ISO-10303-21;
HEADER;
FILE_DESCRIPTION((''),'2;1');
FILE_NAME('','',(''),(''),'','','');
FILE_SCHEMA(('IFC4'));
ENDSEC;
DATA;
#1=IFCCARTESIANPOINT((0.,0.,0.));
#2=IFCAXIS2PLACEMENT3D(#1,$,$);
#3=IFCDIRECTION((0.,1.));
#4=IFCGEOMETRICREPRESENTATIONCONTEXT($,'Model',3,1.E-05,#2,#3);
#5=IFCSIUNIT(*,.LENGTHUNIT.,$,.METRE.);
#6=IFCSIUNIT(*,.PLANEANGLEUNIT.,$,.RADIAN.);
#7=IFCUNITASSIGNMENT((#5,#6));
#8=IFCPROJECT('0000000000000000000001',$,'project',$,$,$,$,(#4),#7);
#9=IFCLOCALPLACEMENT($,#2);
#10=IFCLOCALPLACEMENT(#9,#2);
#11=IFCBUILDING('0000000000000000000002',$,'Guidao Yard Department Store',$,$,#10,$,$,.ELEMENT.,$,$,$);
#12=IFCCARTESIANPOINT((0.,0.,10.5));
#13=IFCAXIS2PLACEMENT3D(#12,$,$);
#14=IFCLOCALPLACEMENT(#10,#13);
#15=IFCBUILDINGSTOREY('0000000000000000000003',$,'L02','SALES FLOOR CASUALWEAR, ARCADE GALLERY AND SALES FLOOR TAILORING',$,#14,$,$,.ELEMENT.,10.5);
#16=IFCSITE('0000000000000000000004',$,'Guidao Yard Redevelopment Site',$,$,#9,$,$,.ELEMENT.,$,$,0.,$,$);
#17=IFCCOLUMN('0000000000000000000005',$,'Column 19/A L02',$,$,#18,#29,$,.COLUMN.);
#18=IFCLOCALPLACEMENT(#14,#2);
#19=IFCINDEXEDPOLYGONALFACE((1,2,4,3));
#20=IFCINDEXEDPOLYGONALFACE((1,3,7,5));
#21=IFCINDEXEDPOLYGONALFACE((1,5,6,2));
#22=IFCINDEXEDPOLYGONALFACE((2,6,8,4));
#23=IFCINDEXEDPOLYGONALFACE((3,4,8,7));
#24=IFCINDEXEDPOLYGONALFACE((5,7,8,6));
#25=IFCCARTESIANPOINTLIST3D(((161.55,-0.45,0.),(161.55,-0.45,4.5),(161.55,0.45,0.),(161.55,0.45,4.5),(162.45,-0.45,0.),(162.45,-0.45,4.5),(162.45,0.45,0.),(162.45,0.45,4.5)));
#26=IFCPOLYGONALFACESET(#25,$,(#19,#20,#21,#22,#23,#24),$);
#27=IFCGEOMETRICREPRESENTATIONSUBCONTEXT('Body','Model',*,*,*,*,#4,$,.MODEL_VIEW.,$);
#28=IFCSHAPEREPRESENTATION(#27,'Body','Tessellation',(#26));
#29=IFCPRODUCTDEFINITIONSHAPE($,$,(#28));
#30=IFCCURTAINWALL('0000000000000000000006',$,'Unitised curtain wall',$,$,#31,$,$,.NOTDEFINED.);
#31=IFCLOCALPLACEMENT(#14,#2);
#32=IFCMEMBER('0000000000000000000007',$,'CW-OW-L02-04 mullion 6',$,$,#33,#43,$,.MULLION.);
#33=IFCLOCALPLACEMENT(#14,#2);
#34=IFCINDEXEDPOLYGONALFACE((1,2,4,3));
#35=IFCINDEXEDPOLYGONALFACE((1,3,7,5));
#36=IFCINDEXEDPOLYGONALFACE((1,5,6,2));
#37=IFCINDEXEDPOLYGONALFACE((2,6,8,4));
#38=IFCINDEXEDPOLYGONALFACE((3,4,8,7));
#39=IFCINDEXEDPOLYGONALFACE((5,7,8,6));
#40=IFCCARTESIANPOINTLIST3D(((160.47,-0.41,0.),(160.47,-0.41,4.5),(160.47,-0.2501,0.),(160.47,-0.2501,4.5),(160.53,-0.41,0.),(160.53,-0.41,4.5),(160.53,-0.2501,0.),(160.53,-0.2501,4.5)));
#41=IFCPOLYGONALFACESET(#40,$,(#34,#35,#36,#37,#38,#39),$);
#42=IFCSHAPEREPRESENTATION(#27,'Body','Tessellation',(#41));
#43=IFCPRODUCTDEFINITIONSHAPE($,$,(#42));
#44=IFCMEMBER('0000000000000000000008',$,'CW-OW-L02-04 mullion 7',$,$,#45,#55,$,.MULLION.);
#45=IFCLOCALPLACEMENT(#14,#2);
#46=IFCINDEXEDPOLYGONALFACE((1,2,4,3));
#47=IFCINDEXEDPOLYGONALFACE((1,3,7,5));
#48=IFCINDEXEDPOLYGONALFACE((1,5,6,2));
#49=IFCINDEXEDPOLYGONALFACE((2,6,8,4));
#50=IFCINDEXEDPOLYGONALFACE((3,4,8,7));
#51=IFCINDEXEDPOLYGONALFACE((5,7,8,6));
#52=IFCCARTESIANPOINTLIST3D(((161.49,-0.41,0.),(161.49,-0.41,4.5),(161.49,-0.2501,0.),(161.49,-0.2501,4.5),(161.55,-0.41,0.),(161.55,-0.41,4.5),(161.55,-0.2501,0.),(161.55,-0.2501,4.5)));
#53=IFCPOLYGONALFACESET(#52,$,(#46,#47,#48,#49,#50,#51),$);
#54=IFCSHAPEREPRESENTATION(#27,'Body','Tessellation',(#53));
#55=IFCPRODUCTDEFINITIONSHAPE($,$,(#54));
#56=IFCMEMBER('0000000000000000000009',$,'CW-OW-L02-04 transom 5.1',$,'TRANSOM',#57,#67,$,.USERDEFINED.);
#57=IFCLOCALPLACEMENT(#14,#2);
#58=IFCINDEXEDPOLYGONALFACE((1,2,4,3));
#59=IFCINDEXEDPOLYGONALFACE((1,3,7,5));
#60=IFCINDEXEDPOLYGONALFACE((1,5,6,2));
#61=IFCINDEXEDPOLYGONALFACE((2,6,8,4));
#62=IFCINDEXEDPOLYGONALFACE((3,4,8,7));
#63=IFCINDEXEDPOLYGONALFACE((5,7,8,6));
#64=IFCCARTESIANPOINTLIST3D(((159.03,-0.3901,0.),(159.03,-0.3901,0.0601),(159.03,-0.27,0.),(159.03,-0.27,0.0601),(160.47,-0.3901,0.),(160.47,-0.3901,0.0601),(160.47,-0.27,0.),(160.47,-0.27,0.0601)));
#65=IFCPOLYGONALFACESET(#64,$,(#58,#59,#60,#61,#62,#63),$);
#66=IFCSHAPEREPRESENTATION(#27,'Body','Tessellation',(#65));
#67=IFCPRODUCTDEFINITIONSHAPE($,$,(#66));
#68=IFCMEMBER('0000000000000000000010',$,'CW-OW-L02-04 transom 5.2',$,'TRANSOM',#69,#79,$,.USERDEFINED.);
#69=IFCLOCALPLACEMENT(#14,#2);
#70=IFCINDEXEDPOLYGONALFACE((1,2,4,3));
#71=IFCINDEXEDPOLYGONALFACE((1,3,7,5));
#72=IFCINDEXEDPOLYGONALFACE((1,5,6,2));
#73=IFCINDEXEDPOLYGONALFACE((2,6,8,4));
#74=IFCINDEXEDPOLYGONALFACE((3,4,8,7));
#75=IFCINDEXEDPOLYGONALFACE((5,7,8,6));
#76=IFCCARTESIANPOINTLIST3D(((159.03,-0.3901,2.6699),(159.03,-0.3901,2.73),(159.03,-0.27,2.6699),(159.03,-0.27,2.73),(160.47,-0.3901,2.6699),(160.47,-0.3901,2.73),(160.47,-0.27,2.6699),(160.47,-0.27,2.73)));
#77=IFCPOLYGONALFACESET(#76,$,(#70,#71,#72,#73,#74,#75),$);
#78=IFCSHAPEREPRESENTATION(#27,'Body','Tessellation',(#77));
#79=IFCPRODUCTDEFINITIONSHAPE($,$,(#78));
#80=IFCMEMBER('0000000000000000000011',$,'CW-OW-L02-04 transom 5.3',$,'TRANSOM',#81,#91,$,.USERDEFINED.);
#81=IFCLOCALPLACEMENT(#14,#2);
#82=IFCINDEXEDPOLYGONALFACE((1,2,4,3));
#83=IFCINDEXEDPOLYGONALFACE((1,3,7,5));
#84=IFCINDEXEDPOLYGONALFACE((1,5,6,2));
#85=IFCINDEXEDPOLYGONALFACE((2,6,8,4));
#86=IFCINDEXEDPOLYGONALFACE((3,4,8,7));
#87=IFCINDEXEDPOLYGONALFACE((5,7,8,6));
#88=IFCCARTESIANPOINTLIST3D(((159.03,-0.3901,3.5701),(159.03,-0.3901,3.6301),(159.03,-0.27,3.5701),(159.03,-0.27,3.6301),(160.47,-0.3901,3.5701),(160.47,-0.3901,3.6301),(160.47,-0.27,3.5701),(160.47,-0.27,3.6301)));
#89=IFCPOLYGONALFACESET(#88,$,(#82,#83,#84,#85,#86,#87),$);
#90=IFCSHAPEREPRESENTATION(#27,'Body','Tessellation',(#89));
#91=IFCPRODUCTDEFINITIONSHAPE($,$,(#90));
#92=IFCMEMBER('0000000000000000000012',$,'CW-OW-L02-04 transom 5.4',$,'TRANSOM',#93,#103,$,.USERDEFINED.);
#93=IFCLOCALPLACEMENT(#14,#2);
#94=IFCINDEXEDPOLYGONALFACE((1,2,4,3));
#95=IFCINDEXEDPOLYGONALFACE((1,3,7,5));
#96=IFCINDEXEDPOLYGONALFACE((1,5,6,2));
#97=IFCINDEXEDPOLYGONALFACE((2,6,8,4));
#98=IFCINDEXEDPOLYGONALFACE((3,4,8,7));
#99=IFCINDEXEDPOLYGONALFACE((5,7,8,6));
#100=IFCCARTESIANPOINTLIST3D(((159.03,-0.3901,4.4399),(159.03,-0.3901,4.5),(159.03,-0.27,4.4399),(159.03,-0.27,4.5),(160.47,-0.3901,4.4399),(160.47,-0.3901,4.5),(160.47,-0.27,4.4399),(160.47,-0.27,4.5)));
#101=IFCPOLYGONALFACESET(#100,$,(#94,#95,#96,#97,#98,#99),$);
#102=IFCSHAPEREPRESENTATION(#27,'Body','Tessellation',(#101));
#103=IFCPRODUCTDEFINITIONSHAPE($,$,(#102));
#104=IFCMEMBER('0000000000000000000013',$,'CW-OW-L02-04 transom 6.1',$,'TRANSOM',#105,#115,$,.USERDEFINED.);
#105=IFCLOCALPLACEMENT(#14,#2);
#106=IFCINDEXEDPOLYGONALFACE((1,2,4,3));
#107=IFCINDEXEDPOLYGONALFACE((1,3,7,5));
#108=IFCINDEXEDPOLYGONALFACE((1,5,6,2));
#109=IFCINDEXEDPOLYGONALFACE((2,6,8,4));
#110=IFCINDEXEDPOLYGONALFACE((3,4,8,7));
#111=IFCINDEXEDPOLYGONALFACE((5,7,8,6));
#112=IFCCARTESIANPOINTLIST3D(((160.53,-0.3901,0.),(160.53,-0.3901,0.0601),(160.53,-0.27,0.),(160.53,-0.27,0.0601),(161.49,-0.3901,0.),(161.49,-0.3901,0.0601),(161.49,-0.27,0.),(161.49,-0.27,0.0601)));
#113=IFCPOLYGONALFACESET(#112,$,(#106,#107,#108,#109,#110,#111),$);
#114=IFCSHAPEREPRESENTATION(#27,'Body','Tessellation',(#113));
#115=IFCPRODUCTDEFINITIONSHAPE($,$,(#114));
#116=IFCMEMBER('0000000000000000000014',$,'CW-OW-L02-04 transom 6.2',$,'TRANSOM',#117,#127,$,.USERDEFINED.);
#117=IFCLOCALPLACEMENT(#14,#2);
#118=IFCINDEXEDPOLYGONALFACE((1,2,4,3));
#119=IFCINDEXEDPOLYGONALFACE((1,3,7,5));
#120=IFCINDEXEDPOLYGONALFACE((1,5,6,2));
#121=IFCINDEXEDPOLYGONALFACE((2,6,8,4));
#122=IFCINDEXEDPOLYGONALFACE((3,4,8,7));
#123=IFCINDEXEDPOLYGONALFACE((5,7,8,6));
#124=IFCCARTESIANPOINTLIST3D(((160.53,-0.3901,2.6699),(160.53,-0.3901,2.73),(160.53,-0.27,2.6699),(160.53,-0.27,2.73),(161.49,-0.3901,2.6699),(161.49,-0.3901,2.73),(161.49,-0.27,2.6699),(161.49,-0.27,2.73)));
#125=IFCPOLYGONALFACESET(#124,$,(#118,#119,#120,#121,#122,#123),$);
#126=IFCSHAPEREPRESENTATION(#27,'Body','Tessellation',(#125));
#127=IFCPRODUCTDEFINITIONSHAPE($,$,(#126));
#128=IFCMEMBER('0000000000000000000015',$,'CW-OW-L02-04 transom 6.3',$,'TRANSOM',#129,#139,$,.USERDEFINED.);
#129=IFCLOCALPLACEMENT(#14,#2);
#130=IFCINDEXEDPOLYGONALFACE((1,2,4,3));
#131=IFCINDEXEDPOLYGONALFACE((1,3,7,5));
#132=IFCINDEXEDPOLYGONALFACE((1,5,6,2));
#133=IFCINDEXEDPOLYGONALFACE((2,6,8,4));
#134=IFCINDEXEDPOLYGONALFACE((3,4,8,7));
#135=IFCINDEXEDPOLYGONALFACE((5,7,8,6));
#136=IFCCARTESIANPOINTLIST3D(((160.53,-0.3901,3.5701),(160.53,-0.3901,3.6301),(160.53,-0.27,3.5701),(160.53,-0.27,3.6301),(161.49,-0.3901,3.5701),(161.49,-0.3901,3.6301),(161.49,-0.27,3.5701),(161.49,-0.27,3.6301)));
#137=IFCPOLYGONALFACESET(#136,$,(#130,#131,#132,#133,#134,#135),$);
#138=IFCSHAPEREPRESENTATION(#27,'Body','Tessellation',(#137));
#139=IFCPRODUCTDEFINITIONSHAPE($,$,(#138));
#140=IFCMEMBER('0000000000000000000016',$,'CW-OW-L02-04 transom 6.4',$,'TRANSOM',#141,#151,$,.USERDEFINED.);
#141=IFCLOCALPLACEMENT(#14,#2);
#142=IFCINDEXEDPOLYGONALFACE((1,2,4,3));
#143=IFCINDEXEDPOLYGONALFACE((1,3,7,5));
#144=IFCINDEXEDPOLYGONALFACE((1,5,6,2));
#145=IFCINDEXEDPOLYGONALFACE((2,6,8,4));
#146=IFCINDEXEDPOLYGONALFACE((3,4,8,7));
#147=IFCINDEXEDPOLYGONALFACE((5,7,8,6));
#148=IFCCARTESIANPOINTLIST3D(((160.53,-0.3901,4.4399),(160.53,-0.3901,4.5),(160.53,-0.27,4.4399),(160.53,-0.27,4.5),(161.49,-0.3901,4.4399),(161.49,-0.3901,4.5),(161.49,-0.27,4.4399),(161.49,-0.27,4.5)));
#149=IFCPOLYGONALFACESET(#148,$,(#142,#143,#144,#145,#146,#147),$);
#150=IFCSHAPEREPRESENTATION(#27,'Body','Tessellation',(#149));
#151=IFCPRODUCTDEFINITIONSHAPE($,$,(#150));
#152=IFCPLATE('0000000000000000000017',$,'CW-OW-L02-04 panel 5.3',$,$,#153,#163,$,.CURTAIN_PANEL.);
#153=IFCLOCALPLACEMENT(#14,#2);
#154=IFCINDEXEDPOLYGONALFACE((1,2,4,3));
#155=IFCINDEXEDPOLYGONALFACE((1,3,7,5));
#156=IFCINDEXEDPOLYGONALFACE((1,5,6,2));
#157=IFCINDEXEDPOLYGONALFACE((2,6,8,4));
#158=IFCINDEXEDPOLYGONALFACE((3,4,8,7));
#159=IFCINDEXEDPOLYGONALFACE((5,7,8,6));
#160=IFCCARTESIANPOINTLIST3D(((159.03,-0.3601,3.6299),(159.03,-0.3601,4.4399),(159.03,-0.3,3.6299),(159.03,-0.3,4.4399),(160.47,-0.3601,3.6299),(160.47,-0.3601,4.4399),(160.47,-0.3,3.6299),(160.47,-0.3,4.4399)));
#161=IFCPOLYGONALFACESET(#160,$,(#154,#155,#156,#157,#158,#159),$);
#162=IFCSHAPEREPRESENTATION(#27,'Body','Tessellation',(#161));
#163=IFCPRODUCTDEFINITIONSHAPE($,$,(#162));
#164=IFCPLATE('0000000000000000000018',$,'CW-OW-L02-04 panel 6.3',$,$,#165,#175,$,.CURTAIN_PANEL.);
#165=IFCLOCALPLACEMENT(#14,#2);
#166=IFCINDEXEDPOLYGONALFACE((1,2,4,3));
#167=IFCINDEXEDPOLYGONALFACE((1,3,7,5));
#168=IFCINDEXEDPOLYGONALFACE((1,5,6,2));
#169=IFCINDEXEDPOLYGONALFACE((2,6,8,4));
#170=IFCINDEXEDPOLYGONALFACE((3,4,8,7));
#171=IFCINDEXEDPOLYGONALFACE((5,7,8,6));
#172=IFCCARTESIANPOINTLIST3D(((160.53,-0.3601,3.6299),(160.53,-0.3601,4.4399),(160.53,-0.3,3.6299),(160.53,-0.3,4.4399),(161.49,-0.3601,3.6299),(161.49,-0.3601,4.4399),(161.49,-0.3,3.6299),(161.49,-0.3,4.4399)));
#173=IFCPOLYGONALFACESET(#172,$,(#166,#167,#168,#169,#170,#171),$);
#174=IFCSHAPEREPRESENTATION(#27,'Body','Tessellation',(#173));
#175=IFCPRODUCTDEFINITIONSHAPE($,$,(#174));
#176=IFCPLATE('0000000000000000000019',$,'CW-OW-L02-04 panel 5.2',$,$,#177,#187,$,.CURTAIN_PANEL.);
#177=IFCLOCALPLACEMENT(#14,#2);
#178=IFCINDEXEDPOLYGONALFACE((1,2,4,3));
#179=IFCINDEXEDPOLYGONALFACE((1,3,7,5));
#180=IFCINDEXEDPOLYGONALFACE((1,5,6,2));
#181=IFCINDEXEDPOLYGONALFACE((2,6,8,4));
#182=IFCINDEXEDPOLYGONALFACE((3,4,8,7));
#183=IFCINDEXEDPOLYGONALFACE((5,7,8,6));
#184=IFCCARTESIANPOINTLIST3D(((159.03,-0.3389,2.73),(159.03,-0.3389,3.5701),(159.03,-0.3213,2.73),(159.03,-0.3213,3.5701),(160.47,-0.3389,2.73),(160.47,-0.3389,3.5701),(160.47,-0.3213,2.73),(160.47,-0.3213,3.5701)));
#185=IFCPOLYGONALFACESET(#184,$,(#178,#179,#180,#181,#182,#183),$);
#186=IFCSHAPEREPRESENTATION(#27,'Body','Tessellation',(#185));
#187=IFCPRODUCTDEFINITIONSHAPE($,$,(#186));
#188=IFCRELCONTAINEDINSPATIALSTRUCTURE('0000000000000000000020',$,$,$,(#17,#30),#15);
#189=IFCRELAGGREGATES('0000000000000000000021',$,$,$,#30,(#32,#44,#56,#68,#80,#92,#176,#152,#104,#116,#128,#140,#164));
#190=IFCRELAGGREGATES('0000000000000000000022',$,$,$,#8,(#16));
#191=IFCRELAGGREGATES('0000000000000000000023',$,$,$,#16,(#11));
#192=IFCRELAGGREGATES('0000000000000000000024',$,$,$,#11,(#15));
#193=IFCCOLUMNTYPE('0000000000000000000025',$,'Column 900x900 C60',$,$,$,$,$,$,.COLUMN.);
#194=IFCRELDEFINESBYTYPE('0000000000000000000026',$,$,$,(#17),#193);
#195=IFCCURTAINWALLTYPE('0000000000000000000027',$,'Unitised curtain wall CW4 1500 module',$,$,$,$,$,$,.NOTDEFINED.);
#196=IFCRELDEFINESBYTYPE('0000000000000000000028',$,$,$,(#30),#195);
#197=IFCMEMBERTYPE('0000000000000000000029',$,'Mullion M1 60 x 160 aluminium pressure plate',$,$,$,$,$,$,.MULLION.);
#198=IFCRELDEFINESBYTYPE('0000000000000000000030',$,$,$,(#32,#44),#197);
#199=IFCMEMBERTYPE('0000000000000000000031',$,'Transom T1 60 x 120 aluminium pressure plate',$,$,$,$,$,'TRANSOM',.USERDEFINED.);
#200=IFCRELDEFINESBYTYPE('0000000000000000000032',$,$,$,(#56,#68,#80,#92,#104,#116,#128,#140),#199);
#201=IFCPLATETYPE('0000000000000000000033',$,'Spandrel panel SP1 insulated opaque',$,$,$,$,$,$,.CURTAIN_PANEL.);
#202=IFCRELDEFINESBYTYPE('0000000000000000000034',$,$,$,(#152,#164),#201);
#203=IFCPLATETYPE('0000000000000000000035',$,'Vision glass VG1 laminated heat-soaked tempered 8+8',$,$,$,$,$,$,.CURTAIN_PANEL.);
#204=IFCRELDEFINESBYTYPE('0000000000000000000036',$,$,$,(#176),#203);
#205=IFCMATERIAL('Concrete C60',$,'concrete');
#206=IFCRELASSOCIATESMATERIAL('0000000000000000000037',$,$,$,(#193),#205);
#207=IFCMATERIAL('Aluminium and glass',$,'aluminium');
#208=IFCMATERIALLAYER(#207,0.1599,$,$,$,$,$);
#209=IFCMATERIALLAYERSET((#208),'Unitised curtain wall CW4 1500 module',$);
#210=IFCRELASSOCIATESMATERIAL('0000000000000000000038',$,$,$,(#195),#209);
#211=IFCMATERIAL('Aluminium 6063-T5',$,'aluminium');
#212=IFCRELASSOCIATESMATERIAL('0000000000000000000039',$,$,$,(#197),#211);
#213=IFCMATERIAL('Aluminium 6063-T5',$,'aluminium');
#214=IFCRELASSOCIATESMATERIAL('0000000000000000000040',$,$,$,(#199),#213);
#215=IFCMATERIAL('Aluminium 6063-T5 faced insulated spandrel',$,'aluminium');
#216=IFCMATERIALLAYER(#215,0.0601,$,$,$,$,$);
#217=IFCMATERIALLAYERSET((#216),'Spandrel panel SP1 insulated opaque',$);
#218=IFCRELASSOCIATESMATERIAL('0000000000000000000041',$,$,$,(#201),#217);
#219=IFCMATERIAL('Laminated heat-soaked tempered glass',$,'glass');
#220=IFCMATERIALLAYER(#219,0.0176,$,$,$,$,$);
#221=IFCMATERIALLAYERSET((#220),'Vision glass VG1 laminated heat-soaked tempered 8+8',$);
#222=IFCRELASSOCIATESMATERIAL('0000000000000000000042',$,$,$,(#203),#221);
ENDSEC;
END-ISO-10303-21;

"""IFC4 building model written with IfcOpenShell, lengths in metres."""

from ifc_helpers import new_model, si_unit, direction, frame, origin, origin_2d, place, context, subcontext, project, spatial, rectangle, extrude, material, layer, layer_set, material_profile, profile_set, type_object, element, aggregate, save


model = new_model("IFC4")

# Units and contexts
model_context = context("Model", 3, precision=1e-05, world=origin(), true_north=direction((0.0, 1.0)))
body_context = subcontext(model_context, "Body", "Model", "MODEL_VIEW")
ifc_project = project(units=[si_unit("LENGTHUNIT", "METRE"), si_unit("PLANEANGLEUNIT", "RADIAN")], contexts=[model_context])

# Site, building, storey
site_placement = place(None, origin())
site = spatial("IfcSite", under=ifc_project, at=site_placement, Name="Guidao Yard Redevelopment Site", CompositionType="ELEMENT", RefElevation=0.0)
building_placement = place(site_placement, origin())
building = spatial("IfcBuilding", under=site, at=building_placement, Name="Guidao Yard Department Store", CompositionType="ELEMENT")
storey_placement = place(building_placement, frame((0.0, 0.0, 10.5)))
storey = spatial("IfcBuildingStorey", under=building, at=storey_placement, Name="L02", Description="SALES FLOOR CASUALWEAR, ARCADE GALLERY AND SALES FLOOR TAILORING", CompositionType="ELEMENT", Elevation=10.5)

# Column
ifc_material_1 = material(Name="Concrete C60", Category="concrete")
ifc_material_profile_1 = material_profile(ifc_material_1, rectangle(XDim=0.8999, YDim=0.8999, at=origin_2d()), Name="COL 900x900")
ifc_profile_set_1 = profile_set([ifc_material_profile_1], Name="Concrete C60")
column_type = type_object("IfcColumnType", Name="Column 900x900 C60", PredefinedType="COLUMN", material=ifc_profile_set_1)
column_placement = place(storey_placement, frame((162.0, 0.0, 0.0), z_axis=(0.0, 0.0, 1.0), x_axis=(1.0, 0.0, 0.0)))
element("IfcColumn", 1, at=column_placement, inside=storey, type_object=column_type, Name="Column 19/A L02", PredefinedType="COLUMN", context=body_context, shape_type="SweptSolid", body=[
    extrude(rectangle(XDim=0.8999, YDim=0.8999, at=origin_2d()), origin(), (0.0, 0.0, 1.0), 4.5),
])

# Curtain wall, members, plates
ifc_material_2 = material(Name="Aluminium and glass", Category="aluminium")
ifc_layer_1 = layer(ifc_material_2, 0.1599)
ifc_layer_set_1 = layer_set([ifc_layer_1], Name="Unitised curtain wall CW4 1500 module")
curtain_wall_type = type_object("IfcCurtainWallType", Name="Unitised curtain wall CW4 1500 module", PredefinedType="NOTDEFINED", material=ifc_layer_set_1)
curtain_wall_placement = place(storey_placement, origin())
curtain_wall = element("IfcCurtainWall", 2, at=curtain_wall_placement, inside=storey, type_object=curtain_wall_type, Name="Unitised curtain wall", PredefinedType="NOTDEFINED")
ifc_material_3 = material(Name="Aluminium 6063-T5", Category="aluminium")
ifc_material_profile_2 = material_profile(ifc_material_3, rectangle(XDim=0.0601, YDim=0.1599, at=origin_2d()), Name="Mullion M1 60 x 160 aluminium pressure plate")
ifc_profile_set_2 = profile_set([ifc_material_profile_2], Name="Aluminium 6063-T5")
member_type_1 = type_object("IfcMemberType", Name="Mullion M1 60 x 160 aluminium pressure plate", PredefinedType="MULLION", material=ifc_profile_set_2)
member_1_placement = place(storey_placement, frame((160.5, -0.3301, 0.0), z_axis=(0.0, 0.0, 1.0), x_axis=(-1.0, 0.0, 0.0)))
member_1 = element("IfcMember", 3, at=member_1_placement, type_object=member_type_1, Name="CW-OW-L02-04 mullion 6", PredefinedType="MULLION", context=body_context, shape_type="SweptSolid", body=[
    extrude(rectangle(XDim=0.0601, YDim=0.1599, at=origin_2d()), origin(), (0.0, 0.0, 1.0), 4.5),
])
member_2_placement = place(storey_placement, frame((161.52, -0.3301, 0.0), z_axis=(0.0, 0.0, 1.0), x_axis=(-1.0, 0.0, 0.0)))
member_2 = element("IfcMember", 4, at=member_2_placement, type_object=member_type_1, Name="CW-OW-L02-04 mullion 7", PredefinedType="MULLION", context=body_context, shape_type="SweptSolid", body=[
    extrude(rectangle(XDim=0.0601, YDim=0.1599, at=origin_2d()), origin(), (0.0, 0.0, 1.0), 4.5),
])
ifc_material_4 = material(Name="Aluminium 6063-T5", Category="aluminium")
ifc_material_profile_3 = material_profile(ifc_material_4, rectangle(XDim=0.1201, YDim=0.0601, at=origin_2d()), Name="Transom T1 60 x 120 aluminium pressure plate")
ifc_profile_set_3 = profile_set([ifc_material_profile_3], Name="Aluminium 6063-T5")
member_type_2 = type_object("IfcMemberType", Name="Transom T1 60 x 120 aluminium pressure plate", ElementType="TRANSOM", PredefinedType="USERDEFINED", material=ifc_profile_set_3)
member_3_placement = place(storey_placement, frame((160.47, -0.3301, 0.03), z_axis=(-1.0, 0.0, 0.0), x_axis=(0.0, -1.0, 0.0)))
member_3 = element("IfcMember", 5, at=member_3_placement, type_object=member_type_2, Name="CW-OW-L02-04 transom 5.1", ObjectType="TRANSOM", PredefinedType="USERDEFINED", context=body_context, shape_type="SweptSolid", body=[
    extrude(rectangle(XDim=0.1201, YDim=0.0601, at=origin_2d()), origin(), (0.0, 0.0, 1.0), 1.4399),
])
member_4_placement = place(storey_placement, frame((160.47, -0.3301, 2.7), z_axis=(-1.0, 0.0, 0.0), x_axis=(0.0, -1.0, 0.0)))
member_4 = element("IfcMember", 6, at=member_4_placement, type_object=member_type_2, Name="CW-OW-L02-04 transom 5.2", ObjectType="TRANSOM", PredefinedType="USERDEFINED", context=body_context, shape_type="SweptSolid", body=[
    extrude(rectangle(XDim=0.1201, YDim=0.0601, at=origin_2d()), origin(), (0.0, 0.0, 1.0), 1.4399),
])
member_5_placement = place(storey_placement, frame((160.47, -0.3301, 3.6001), z_axis=(-1.0, 0.0, 0.0), x_axis=(0.0, -1.0, 0.0)))
member_5 = element("IfcMember", 7, at=member_5_placement, type_object=member_type_2, Name="CW-OW-L02-04 transom 5.3", ObjectType="TRANSOM", PredefinedType="USERDEFINED", context=body_context, shape_type="SweptSolid", body=[
    extrude(rectangle(XDim=0.1201, YDim=0.0601, at=origin_2d()), origin(), (0.0, 0.0, 1.0), 1.4399),
])
member_6_placement = place(storey_placement, frame((160.47, -0.3301, 4.47), z_axis=(-1.0, 0.0, 0.0), x_axis=(0.0, -1.0, 0.0)))
member_6 = element("IfcMember", 8, at=member_6_placement, type_object=member_type_2, Name="CW-OW-L02-04 transom 5.4", ObjectType="TRANSOM", PredefinedType="USERDEFINED", context=body_context, shape_type="SweptSolid", body=[
    extrude(rectangle(XDim=0.1201, YDim=0.0601, at=origin_2d()), origin(), (0.0, 0.0, 1.0), 1.4399),
])
member_7_placement = place(storey_placement, frame((161.49, -0.3301, 0.03), z_axis=(-1.0, 0.0, 0.0), x_axis=(0.0, -1.0, 0.0)))
member_7 = element("IfcMember", 9, at=member_7_placement, type_object=member_type_2, Name="CW-OW-L02-04 transom 6.1", ObjectType="TRANSOM", PredefinedType="USERDEFINED", context=body_context, shape_type="SweptSolid", body=[
    extrude(rectangle(XDim=0.1201, YDim=0.0601, at=origin_2d()), origin(), (0.0, 0.0, 1.0), 0.96),
])
member_8_placement = place(storey_placement, frame((161.49, -0.3301, 2.7), z_axis=(-1.0, 0.0, 0.0), x_axis=(0.0, -1.0, 0.0)))
member_8 = element("IfcMember", 10, at=member_8_placement, type_object=member_type_2, Name="CW-OW-L02-04 transom 6.2", ObjectType="TRANSOM", PredefinedType="USERDEFINED", context=body_context, shape_type="SweptSolid", body=[
    extrude(rectangle(XDim=0.1201, YDim=0.0601, at=origin_2d()), origin(), (0.0, 0.0, 1.0), 0.96),
])
member_9_placement = place(storey_placement, frame((161.49, -0.3301, 3.6001), z_axis=(-1.0, 0.0, 0.0), x_axis=(0.0, -1.0, 0.0)))
member_9 = element("IfcMember", 11, at=member_9_placement, type_object=member_type_2, Name="CW-OW-L02-04 transom 6.3", ObjectType="TRANSOM", PredefinedType="USERDEFINED", context=body_context, shape_type="SweptSolid", body=[
    extrude(rectangle(XDim=0.1201, YDim=0.0601, at=origin_2d()), origin(), (0.0, 0.0, 1.0), 0.96),
])
member_10_placement = place(storey_placement, frame((161.49, -0.3301, 4.47), z_axis=(-1.0, 0.0, 0.0), x_axis=(0.0, -1.0, 0.0)))
member_10 = element("IfcMember", 12, at=member_10_placement, type_object=member_type_2, Name="CW-OW-L02-04 transom 6.4", ObjectType="TRANSOM", PredefinedType="USERDEFINED", context=body_context, shape_type="SweptSolid", body=[
    extrude(rectangle(XDim=0.1201, YDim=0.0601, at=origin_2d()), origin(), (0.0, 0.0, 1.0), 0.96),
])
ifc_material_5 = material(Name="Aluminium 6063-T5 faced insulated spandrel", Category="aluminium")
ifc_layer_2 = layer(ifc_material_5, 0.0601)
ifc_layer_set_2 = layer_set([ifc_layer_2], Name="Spandrel panel SP1 insulated opaque")
plate_type_1 = type_object("IfcPlateType", Name="Spandrel panel SP1 insulated opaque", PredefinedType="CURTAIN_PANEL", material=ifc_layer_set_2)
plate_1_placement = place(storey_placement, frame((159.75, -0.3301, 3.6299), z_axis=(0.0, 0.0, 1.0), x_axis=(-1.0, 0.0, 0.0)))
plate_1 = element("IfcPlate", 13, at=plate_1_placement, type_object=plate_type_1, Name="CW-OW-L02-04 panel 5.3", PredefinedType="CURTAIN_PANEL", context=body_context, shape_type="SweptSolid", body=[
    extrude(rectangle(XDim=1.4399, YDim=0.0601, at=origin_2d()), origin(), (0.0, 0.0, 1.0), 0.8101),
])
plate_2_placement = place(storey_placement, frame((161.01, -0.3301, 3.6299), z_axis=(0.0, 0.0, 1.0), x_axis=(-1.0, 0.0, 0.0)))
plate_2 = element("IfcPlate", 14, at=plate_2_placement, type_object=plate_type_1, Name="CW-OW-L02-04 panel 6.3", PredefinedType="CURTAIN_PANEL", context=body_context, shape_type="SweptSolid", body=[
    extrude(rectangle(XDim=0.96, YDim=0.0601, at=origin_2d()), origin(), (0.0, 0.0, 1.0), 0.8101),
])
ifc_material_6 = material(Name="Laminated heat-soaked tempered glass", Category="glass")
ifc_layer_3 = layer(ifc_material_6, 0.0176)
ifc_layer_set_3 = layer_set([ifc_layer_3], Name="Vision glass VG1 laminated heat-soaked tempered 8+8")
plate_type_2 = type_object("IfcPlateType", Name="Vision glass VG1 laminated heat-soaked tempered 8+8", PredefinedType="CURTAIN_PANEL", material=ifc_layer_set_3)
plate_3_placement = place(storey_placement, frame((159.75, -0.3301, 2.73), z_axis=(0.0, 0.0, 1.0), x_axis=(-1.0, 0.0, 0.0)))
plate_3 = element("IfcPlate", 15, at=plate_3_placement, type_object=plate_type_2, Name="CW-OW-L02-04 panel 5.2", PredefinedType="CURTAIN_PANEL", context=body_context, shape_type="SweptSolid", body=[
    extrude(rectangle(XDim=1.4399, YDim=0.0176, at=origin_2d()), origin(), (0.0, 0.0, 1.0), 0.8401),
])
aggregate(curtain_wall, [member_1, member_2, member_3, member_4, member_5, member_6, plate_3, plate_1, member_7, member_8, member_9, member_10, plate_2])

save(model, "model.ifc")
